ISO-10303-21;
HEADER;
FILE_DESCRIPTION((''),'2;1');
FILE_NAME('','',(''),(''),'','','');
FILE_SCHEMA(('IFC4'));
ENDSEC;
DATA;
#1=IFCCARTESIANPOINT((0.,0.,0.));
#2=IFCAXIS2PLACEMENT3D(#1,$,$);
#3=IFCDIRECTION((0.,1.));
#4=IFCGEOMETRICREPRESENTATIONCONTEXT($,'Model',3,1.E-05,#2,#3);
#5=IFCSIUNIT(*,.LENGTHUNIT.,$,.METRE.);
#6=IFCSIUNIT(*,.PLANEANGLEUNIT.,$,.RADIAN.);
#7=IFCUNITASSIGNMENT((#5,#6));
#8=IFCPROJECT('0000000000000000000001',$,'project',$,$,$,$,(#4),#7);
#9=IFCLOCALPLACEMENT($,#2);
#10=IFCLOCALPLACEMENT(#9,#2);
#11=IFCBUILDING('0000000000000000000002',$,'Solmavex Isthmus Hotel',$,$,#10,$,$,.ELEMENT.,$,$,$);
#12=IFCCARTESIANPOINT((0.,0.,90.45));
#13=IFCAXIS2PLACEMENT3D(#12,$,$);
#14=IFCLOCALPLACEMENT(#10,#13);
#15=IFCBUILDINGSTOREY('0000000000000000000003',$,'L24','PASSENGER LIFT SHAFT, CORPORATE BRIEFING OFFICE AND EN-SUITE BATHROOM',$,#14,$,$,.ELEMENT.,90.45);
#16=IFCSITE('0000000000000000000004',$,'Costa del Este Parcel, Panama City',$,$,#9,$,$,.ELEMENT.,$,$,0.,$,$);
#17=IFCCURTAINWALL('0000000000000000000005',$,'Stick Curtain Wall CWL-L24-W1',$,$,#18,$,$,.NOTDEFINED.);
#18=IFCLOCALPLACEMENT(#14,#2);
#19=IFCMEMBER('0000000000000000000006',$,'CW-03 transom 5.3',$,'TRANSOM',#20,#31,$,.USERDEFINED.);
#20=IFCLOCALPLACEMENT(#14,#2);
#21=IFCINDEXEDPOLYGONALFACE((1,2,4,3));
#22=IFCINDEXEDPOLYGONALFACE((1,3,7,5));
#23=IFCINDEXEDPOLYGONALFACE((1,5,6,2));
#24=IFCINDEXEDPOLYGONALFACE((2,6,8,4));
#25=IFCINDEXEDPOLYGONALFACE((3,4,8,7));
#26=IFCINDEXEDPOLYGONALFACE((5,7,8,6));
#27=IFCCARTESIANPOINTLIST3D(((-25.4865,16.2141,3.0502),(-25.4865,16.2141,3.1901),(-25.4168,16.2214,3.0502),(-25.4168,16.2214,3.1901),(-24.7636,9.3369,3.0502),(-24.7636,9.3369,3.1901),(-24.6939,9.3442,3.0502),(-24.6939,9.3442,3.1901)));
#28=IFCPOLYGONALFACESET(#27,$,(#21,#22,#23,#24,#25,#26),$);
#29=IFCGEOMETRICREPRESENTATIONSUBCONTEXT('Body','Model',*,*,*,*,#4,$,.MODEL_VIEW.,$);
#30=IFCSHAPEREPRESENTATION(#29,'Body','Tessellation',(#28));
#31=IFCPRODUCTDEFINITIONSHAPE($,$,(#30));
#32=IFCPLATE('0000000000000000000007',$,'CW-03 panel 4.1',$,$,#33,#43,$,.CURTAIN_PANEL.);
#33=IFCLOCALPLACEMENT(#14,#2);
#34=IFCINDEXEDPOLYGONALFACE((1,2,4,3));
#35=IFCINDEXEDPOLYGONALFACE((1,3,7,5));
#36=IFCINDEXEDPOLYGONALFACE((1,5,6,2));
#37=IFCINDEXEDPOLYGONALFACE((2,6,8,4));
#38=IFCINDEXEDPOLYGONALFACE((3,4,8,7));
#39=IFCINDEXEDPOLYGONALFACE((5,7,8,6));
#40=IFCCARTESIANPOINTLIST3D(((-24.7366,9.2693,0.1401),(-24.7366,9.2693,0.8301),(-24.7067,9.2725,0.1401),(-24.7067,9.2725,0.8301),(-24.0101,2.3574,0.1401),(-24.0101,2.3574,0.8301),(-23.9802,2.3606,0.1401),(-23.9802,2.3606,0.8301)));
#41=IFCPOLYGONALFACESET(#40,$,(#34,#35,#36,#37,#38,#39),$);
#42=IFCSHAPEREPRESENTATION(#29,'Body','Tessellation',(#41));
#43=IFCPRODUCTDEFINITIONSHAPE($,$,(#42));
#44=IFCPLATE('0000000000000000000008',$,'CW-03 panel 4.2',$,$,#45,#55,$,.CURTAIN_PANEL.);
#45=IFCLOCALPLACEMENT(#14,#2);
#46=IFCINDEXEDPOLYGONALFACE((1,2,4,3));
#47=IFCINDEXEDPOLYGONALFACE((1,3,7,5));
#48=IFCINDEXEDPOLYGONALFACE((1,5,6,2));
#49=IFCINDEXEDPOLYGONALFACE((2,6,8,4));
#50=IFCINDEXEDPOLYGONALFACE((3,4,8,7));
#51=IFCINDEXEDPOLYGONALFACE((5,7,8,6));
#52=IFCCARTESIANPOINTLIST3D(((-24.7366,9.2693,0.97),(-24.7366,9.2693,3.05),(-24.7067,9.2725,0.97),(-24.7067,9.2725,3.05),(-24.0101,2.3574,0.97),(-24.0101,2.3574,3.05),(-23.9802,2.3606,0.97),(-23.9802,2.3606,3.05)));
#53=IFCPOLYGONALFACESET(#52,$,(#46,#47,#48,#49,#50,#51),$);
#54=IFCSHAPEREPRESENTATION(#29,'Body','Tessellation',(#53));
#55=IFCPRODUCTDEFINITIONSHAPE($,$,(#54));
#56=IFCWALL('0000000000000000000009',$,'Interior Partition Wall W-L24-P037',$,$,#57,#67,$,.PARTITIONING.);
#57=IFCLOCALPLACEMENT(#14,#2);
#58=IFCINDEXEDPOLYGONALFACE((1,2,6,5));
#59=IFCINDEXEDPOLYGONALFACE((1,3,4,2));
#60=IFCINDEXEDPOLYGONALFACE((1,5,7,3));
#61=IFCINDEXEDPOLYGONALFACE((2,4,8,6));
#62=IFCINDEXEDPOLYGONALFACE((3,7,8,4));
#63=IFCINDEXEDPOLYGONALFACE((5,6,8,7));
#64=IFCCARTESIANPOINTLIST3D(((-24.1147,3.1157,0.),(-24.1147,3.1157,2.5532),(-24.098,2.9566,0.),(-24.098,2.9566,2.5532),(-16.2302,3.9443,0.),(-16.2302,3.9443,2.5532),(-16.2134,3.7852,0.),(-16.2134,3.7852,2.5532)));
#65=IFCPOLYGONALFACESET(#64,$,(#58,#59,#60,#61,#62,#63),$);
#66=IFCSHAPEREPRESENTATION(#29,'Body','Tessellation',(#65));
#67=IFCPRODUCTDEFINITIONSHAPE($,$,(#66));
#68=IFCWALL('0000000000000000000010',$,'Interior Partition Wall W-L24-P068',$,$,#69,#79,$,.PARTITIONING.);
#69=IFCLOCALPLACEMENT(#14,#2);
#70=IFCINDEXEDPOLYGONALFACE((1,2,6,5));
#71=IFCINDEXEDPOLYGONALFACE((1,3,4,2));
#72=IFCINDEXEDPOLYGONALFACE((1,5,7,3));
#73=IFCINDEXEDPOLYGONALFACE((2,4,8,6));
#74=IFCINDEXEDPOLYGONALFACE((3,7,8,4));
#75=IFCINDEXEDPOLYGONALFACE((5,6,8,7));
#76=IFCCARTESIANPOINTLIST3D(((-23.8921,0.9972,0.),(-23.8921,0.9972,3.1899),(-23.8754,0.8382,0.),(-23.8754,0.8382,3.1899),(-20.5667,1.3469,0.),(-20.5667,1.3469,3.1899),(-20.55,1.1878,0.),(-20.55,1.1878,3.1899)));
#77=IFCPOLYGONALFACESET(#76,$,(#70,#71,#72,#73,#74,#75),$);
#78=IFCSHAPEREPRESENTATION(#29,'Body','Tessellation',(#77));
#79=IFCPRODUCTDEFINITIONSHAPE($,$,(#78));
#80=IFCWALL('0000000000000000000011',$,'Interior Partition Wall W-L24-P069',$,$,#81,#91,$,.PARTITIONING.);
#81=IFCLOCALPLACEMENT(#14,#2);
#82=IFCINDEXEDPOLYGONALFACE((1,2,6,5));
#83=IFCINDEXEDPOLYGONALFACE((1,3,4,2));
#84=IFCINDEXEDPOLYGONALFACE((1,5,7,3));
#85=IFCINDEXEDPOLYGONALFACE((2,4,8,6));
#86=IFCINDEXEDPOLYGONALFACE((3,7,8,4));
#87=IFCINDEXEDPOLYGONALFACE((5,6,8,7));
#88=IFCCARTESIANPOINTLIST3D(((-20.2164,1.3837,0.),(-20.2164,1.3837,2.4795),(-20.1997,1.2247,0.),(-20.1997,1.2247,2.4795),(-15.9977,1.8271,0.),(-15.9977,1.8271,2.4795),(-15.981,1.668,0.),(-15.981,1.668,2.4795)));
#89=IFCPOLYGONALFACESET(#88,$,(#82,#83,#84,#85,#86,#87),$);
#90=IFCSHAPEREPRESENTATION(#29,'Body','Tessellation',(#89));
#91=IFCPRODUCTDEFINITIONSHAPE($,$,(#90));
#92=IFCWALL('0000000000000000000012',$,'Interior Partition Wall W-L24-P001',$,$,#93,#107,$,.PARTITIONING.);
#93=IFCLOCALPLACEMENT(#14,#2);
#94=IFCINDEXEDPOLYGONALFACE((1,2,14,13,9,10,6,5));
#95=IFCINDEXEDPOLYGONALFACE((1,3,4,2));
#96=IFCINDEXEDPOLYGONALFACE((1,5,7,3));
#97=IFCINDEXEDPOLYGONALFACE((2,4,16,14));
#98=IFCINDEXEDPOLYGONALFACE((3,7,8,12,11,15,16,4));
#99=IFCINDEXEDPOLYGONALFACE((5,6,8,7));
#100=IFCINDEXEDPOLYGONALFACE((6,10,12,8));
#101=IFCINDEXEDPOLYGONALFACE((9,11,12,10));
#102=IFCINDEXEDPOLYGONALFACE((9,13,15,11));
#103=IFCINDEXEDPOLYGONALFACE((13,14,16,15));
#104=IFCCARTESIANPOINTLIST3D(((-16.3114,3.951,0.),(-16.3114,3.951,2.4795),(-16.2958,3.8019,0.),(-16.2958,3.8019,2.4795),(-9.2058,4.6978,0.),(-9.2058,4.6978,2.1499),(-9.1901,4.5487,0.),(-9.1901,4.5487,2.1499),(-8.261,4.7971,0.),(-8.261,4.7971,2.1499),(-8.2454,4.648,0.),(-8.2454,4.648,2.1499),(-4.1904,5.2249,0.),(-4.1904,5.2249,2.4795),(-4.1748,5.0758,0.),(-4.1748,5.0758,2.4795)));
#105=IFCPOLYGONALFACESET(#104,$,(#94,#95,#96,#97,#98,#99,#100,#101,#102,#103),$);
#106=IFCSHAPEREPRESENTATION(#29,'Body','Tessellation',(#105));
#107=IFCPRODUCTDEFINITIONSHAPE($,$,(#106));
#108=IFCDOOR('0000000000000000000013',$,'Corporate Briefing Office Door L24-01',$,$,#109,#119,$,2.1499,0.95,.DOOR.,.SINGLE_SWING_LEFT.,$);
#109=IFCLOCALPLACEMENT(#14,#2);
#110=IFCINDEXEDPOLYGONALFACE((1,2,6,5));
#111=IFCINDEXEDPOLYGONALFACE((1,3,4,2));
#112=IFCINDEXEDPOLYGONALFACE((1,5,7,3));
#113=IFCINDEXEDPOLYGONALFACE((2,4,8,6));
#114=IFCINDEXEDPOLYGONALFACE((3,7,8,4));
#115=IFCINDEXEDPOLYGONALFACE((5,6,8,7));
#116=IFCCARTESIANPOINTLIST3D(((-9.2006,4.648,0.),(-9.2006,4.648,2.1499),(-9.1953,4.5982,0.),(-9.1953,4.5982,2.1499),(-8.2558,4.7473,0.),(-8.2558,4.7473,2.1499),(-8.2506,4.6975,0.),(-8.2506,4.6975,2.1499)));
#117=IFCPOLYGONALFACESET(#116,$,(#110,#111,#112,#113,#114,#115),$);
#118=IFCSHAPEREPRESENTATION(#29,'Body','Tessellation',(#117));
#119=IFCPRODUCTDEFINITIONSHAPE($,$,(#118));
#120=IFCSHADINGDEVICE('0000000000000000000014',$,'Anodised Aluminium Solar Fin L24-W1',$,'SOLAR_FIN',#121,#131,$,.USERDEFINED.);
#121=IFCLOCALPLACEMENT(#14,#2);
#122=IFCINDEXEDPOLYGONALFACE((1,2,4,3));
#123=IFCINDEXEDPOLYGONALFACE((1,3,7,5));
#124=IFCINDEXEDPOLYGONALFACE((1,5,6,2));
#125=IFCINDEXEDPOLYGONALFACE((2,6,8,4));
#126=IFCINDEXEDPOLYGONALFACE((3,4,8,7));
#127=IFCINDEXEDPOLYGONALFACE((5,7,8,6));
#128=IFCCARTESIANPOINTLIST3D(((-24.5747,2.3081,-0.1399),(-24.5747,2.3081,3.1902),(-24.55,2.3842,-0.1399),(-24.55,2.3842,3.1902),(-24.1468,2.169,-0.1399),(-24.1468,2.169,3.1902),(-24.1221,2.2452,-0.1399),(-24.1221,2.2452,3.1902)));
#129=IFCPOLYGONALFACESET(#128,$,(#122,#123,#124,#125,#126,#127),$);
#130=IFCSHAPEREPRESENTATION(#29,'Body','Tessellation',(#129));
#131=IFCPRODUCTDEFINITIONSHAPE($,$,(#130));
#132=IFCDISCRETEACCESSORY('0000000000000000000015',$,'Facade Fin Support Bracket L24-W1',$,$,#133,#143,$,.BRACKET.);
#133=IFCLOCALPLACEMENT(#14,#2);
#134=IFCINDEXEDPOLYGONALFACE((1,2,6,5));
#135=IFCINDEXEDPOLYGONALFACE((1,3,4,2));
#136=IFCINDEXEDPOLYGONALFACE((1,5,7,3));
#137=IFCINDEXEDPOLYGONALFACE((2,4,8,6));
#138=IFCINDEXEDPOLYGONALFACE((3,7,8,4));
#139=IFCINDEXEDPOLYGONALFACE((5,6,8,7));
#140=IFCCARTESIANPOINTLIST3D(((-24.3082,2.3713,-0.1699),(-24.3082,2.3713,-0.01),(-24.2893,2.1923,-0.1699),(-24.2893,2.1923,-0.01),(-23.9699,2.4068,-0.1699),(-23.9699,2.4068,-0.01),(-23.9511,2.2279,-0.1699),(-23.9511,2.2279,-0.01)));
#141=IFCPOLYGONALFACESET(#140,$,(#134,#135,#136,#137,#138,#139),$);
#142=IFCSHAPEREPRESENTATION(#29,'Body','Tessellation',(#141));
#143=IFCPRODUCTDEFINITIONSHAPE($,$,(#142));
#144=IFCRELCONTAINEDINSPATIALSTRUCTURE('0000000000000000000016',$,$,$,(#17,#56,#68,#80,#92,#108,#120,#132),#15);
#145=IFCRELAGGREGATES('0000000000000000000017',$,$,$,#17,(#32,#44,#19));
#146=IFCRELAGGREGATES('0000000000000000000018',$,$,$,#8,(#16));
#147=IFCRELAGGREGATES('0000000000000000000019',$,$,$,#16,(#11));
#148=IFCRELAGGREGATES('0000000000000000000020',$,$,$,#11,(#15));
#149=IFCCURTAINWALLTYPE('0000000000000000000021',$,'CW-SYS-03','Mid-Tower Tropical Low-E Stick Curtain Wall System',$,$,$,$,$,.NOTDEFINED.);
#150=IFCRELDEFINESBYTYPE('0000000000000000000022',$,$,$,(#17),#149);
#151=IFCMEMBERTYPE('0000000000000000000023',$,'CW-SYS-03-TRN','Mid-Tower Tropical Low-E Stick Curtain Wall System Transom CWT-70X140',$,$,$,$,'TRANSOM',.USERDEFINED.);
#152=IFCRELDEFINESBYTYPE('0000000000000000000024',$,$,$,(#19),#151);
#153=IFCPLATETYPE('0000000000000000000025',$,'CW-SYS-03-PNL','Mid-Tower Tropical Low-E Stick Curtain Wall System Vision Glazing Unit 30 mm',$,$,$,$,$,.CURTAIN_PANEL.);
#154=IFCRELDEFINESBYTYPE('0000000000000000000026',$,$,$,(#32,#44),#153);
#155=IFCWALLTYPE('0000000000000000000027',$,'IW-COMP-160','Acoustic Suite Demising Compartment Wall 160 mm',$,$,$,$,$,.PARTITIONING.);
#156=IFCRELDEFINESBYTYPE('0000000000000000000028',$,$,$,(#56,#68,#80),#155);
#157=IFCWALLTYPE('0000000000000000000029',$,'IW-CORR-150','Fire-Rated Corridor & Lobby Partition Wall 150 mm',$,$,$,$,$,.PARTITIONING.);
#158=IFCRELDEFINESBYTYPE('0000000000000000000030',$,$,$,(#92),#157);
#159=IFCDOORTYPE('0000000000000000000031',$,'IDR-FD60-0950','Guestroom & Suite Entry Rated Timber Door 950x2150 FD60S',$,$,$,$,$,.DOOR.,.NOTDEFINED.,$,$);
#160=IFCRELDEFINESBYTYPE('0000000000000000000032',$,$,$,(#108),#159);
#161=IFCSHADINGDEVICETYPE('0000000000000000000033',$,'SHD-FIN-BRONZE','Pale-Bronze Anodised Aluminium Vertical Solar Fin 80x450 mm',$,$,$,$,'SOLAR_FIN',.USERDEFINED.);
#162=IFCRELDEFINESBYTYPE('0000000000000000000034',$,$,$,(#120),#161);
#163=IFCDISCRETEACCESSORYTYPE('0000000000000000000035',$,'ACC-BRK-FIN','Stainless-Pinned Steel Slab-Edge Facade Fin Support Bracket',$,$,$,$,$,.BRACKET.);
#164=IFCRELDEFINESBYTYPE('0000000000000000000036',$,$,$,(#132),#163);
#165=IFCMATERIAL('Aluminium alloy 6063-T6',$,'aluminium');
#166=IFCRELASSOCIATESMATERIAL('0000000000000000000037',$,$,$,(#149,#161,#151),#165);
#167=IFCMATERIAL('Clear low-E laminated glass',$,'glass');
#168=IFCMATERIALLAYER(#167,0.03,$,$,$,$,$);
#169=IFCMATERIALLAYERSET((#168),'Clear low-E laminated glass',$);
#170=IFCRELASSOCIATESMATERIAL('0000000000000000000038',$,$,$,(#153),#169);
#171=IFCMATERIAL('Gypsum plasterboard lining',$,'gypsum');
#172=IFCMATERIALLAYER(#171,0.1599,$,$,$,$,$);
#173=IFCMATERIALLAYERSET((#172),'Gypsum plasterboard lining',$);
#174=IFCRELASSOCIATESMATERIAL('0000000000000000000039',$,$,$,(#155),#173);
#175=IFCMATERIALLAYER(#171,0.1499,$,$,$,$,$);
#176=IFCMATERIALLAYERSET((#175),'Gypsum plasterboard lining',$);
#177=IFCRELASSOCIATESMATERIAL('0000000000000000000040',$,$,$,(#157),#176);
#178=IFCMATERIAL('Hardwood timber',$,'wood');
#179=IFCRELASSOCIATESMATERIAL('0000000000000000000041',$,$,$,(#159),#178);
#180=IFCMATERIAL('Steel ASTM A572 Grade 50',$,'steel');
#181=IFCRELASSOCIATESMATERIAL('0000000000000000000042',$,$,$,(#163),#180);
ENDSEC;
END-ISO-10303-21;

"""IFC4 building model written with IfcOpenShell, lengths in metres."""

from ifc_helpers import new_model, si_unit, direction, frame, frame_2d, origin, origin_2d, place, context, subcontext, project, spatial, rectangle, extrude, material, layer, layer_set, material_profile, profile_set, type_object, element, fill, aggregate, save


model = new_model("IFC4")

# Units and contexts
model_context = context("Model", 3, precision=1e-05, world=origin(), true_north=direction((0.0, 1.0)))
body_context = subcontext(model_context, "Body", "Model", "MODEL_VIEW")
ifc_project = project(units=[si_unit("LENGTHUNIT", "METRE"), si_unit("PLANEANGLEUNIT", "RADIAN")], contexts=[model_context])

# Site, building, storey
site_placement = place(None, origin())
site = spatial("IfcSite", under=ifc_project, at=site_placement, Name="Costa del Este Parcel, Panama City", CompositionType="ELEMENT", RefElevation=0.0)
building_placement = place(site_placement, origin())
building = spatial("IfcBuilding", under=site, at=building_placement, Name="Solmavex Isthmus Hotel", CompositionType="ELEMENT")
storey_placement = place(building_placement, frame((0.0, 0.0, 90.45)))
storey = spatial("IfcBuildingStorey", under=building, at=storey_placement, Name="L24", Description="PASSENGER LIFT SHAFT, CORPORATE BRIEFING OFFICE AND EN-SUITE BATHROOM", CompositionType="ELEMENT", Elevation=90.45)

# Curtain wall, member, plates
ifc_material_1 = material(Name="Aluminium alloy 6063-T6", Category="aluminium")
curtain_wall_type = type_object("IfcCurtainWallType", Name="CW-SYS-03", Description="Mid-Tower Tropical Low-E Stick Curtain Wall System", PredefinedType="NOTDEFINED", material=ifc_material_1)
curtain_wall_placement = place(storey_placement, origin())
curtain_wall = element("IfcCurtainWall", 1, at=curtain_wall_placement, inside=storey, type_object=curtain_wall_type, Name="Stick Curtain Wall CWL-L24-W1", PredefinedType="NOTDEFINED")
ifc_material_profile_1 = material_profile(ifc_material_1, rectangle(XDim=0.0701, YDim=0.1399, at=origin_2d()), Name="CWT-70X140")
ifc_profile_set_1 = profile_set([ifc_material_profile_1], Name="Aluminium alloy 6063-T6")
member_type_1 = type_object("IfcMemberType", Name="CW-SYS-03-TRN", Description="Mid-Tower Tropical Low-E Stick Curtain Wall System Transom CWT-70X140", ElementType="TRANSOM", PredefinedType="USERDEFINED", material=ifc_profile_set_1)
member_1_placement = place(storey_placement, frame((-24.7288, 9.3406, 3.1201), z_axis=(-0.10454, 0.994521, 0.0), x_axis=(-0.994521, -0.10454, 0.0)))
member_1 = element("IfcMember", 2, at=member_1_placement, type_object=member_type_1, Name="CW-03 transom 5.3", ObjectType="TRANSOM", PredefinedType="USERDEFINED", context=body_context, shape_type="SweptSolid", body=[
    extrude(rectangle(XDim=0.0701, YDim=0.1399, at=origin_2d()), origin(), (0.0, 0.0, 1.0), 6.915),
])
ifc_material_2 = material(Name="Clear low-E laminated glass", Category="glass")
ifc_layer_1 = layer(ifc_material_2, 0.03)
ifc_layer_set_1 = layer_set([ifc_layer_1], Name="Clear low-E laminated glass")
plate_type = type_object("IfcPlateType", Name="CW-SYS-03-PNL", Description="Mid-Tower Tropical Low-E Stick Curtain Wall System Vision Glazing Unit 30 mm", PredefinedType="CURTAIN_PANEL", material=ifc_layer_set_1)
plate_1_placement = place(storey_placement, frame((-24.3584, 5.8149, 0.1401), z_axis=(0.0, 0.0, 1.0), x_axis=(-0.104528, 0.994522, 0.0)))
plate_1 = element("IfcPlate", 3, at=plate_1_placement, type_object=plate_type, Name="CW-03 panel 4.1", PredefinedType="CURTAIN_PANEL", context=body_context, shape_type="SweptSolid", body=[
    extrude(rectangle(XDim=6.95, YDim=0.03, at=origin_2d()), origin(), (0.0, 0.0, 1.0), 0.6899),
])
plate_2_placement = place(storey_placement, frame((-24.3584, 5.8149, 0.97), z_axis=(0.0, 0.0, 1.0), x_axis=(-0.104528, 0.994522, 0.0)))
plate_2 = element("IfcPlate", 4, at=plate_2_placement, type_object=plate_type, Name="CW-03 panel 4.2", PredefinedType="CURTAIN_PANEL", context=body_context, shape_type="SweptSolid", body=[
    extrude(rectangle(XDim=6.95, YDim=0.03, at=origin_2d()), origin(), (0.0, 0.0, 1.0), 2.0801),
])
aggregate(curtain_wall, [plate_1, plate_2, member_1])

# Walls
ifc_material_3 = material(Name="Gypsum plasterboard lining", Category="gypsum")
ifc_layer_2 = layer(ifc_material_3, 0.1599)
ifc_layer_set_2 = layer_set([ifc_layer_2], Name="Gypsum plasterboard lining")
wall_type_1 = type_object("IfcWallType", Name="IW-COMP-160", Description="Acoustic Suite Demising Compartment Wall 160 mm", PredefinedType="PARTITIONING", material=ifc_layer_set_2)
wall_1_placement = place(storey_placement, frame((-16.2219, 3.8647, 0.0), z_axis=(0.0, 0.0, 1.0), x_axis=(-0.994523, -0.104518, 0.0)))
element("IfcWall", 5, at=wall_1_placement, inside=storey, type_object=wall_type_1, Name="Interior Partition Wall W-L24-P037", PredefinedType="PARTITIONING", context=body_context, shape_type="SweptSolid", body=[
    extrude(rectangle(XDim=7.928, YDim=0.1599, at=frame_2d((3.9639, 0.0))), origin(), (0.0, 0.0, 1.0), 2.5532),
])
wall_2_placement = place(storey_placement, frame((-20.5583, 1.2673, 0.0), z_axis=(0.0, 0.0, 1.0), x_axis=(-0.994519, -0.104556, 0.0)))
element("IfcWall", 6, at=wall_2_placement, inside=storey, type_object=wall_type_1, Name="Interior Partition Wall W-L24-P068", PredefinedType="PARTITIONING", context=body_context, shape_type="SweptSolid", body=[
    extrude(rectangle(XDim=3.3438, YDim=0.1599, at=frame_2d((1.6719, 0.0))), origin(), (0.0, 0.0, 1.0), 3.1899),
])
wall_3_placement = place(storey_placement, frame((-15.9893, 1.7476, 0.0), z_axis=(0.0, 0.0, 1.0), x_axis=(-0.994523, -0.104517, 0.0)))
element("IfcWall", 7, at=wall_3_placement, inside=storey, type_object=wall_type_1, Name="Interior Partition Wall W-L24-P069", PredefinedType="PARTITIONING", context=body_context, shape_type="SweptSolid", body=[
    extrude(rectangle(XDim=4.2419, YDim=0.1599, at=frame_2d((2.1211, 0.0))), origin(), (0.0, 0.0, 1.0), 2.4795),
])

# Wall, opening, door
ifc_layer_3 = layer(ifc_material_3, 0.1499)
ifc_layer_set_3 = layer_set([ifc_layer_3], Name="Gypsum plasterboard lining")
wall_type_2 = type_object("IfcWallType", Name="IW-CORR-150", Description="Fire-Rated Corridor & Lobby Partition Wall 150 mm", PredefinedType="PARTITIONING", material=ifc_layer_set_3)
wall_4_placement = place(storey_placement, frame((-16.3035, 3.8765, 0.0), z_axis=(0.0, 0.0, 1.0), x_axis=(0.994522, 0.104524, 0.0)))
wall_4 = element("IfcWall", 8, at=wall_4_placement, inside=storey, type_object=wall_type_2, Name="Interior Partition Wall W-L24-P001", PredefinedType="PARTITIONING", context=body_context, shape_type="SweptSolid", body=[
    extrude(rectangle(XDim=12.1877, YDim=0.1499, at=frame_2d((6.0938, 0.0))), origin(), (0.0, 0.0, 1.0), 2.4795),
])
opening_1_placement = place(wall_4_placement, frame((7.1445, 0.0, 0.0)))
opening_1 = element("IfcOpeningElement", 9, at=opening_1_placement, cuts=wall_4, PredefinedType="OPENING", context=body_context, shape_type="SweptSolid", body=[
    extrude(rectangle(XDim=0.95, YDim=2.1499, at=frame_2d((0.4751, 1.075))), frame((0.0, 0.085, 0.0), z_axis=(0.0, -1.0, 0.0), x_axis=(1.0, 0.0, 0.0)), (0.0, 0.0, 1.0), 0.1699),
])
ifc_material_4 = material(Name="Hardwood timber", Category="wood")
door_type = type_object("IfcDoorType", Name="IDR-FD60-0950", Description="Guestroom & Suite Entry Rated Timber Door 950x2150 FD60S", OperationType="NOTDEFINED", PredefinedType="DOOR", material=ifc_material_4)
door_1_placement = place(opening_1_placement, origin())
door_1 = element("IfcDoor", 10, at=door_1_placement, inside=storey, type_object=door_type, Name="Corporate Briefing Office Door L24-01", OperationType="SINGLE_SWING_LEFT", OverallHeight=2.1499, OverallWidth=0.95, PredefinedType="DOOR", context=body_context, shape_type="SweptSolid", body=[
    extrude(rectangle(XDim=0.95, YDim=2.1499, at=frame_2d((0.4751, 1.075))), frame((0.0, 0.0249, 0.0), z_axis=(0.0, -1.0, 0.0), x_axis=(1.0, 0.0, 0.0)), (0.0, 0.0, 1.0), 0.05),
])
fill(opening_1, door_1)

# Shading device
shading_device_type = type_object("IfcShadingDeviceType", Name="SHD-FIN-BRONZE", Description="Pale-Bronze Anodised Aluminium Vertical Solar Fin 80x450 mm", ElementType="SOLAR_FIN", PredefinedType="USERDEFINED", material=ifc_material_1)
shading_device_placement = place(storey_placement, frame((-24.3484, 2.2766, -0.1399), z_axis=(0.0, 0.0, 1.0), x_axis=(-0.951057, 0.309017, 0.0)))
element("IfcShadingDevice", 11, at=shading_device_placement, inside=storey, type_object=shading_device_type, Name="Anodised Aluminium Solar Fin L24-W1", ObjectType="SOLAR_FIN", PredefinedType="USERDEFINED", context=body_context, shape_type="SweptSolid", body=[
    extrude(rectangle(XDim=0.45, YDim=0.0801, at=origin_2d()), origin(), (0.0, 0.0, 1.0), 3.3301),
])

# Discrete accessory
ifc_material_5 = material(Name="Steel ASTM A572 Grade 50", Category="steel")
discrete_accessory_type = type_object("IfcDiscreteAccessoryType", Name="ACC-BRK-FIN", Description="Stainless-Pinned Steel Slab-Edge Facade Fin Support Bracket", PredefinedType="BRACKET", material=ifc_material_5)
discrete_accessory_placement = place(storey_placement, frame((-24.1296, 2.2996, -0.1699), z_axis=(0.0, 0.0, 1.0), x_axis=(-0.994522, -0.104528, 0.0)))
element("IfcDiscreteAccessory", 12, at=discrete_accessory_placement, inside=storey, type_object=discrete_accessory_type, Name="Facade Fin Support Bracket L24-W1", PredefinedType="BRACKET", context=body_context, shape_type="SweptSolid", body=[
    extrude(rectangle(XDim=0.3401, YDim=0.1799, at=origin_2d()), origin(), (0.0, 0.0, 1.0), 0.1599),
])

save(model, "model.ifc")
